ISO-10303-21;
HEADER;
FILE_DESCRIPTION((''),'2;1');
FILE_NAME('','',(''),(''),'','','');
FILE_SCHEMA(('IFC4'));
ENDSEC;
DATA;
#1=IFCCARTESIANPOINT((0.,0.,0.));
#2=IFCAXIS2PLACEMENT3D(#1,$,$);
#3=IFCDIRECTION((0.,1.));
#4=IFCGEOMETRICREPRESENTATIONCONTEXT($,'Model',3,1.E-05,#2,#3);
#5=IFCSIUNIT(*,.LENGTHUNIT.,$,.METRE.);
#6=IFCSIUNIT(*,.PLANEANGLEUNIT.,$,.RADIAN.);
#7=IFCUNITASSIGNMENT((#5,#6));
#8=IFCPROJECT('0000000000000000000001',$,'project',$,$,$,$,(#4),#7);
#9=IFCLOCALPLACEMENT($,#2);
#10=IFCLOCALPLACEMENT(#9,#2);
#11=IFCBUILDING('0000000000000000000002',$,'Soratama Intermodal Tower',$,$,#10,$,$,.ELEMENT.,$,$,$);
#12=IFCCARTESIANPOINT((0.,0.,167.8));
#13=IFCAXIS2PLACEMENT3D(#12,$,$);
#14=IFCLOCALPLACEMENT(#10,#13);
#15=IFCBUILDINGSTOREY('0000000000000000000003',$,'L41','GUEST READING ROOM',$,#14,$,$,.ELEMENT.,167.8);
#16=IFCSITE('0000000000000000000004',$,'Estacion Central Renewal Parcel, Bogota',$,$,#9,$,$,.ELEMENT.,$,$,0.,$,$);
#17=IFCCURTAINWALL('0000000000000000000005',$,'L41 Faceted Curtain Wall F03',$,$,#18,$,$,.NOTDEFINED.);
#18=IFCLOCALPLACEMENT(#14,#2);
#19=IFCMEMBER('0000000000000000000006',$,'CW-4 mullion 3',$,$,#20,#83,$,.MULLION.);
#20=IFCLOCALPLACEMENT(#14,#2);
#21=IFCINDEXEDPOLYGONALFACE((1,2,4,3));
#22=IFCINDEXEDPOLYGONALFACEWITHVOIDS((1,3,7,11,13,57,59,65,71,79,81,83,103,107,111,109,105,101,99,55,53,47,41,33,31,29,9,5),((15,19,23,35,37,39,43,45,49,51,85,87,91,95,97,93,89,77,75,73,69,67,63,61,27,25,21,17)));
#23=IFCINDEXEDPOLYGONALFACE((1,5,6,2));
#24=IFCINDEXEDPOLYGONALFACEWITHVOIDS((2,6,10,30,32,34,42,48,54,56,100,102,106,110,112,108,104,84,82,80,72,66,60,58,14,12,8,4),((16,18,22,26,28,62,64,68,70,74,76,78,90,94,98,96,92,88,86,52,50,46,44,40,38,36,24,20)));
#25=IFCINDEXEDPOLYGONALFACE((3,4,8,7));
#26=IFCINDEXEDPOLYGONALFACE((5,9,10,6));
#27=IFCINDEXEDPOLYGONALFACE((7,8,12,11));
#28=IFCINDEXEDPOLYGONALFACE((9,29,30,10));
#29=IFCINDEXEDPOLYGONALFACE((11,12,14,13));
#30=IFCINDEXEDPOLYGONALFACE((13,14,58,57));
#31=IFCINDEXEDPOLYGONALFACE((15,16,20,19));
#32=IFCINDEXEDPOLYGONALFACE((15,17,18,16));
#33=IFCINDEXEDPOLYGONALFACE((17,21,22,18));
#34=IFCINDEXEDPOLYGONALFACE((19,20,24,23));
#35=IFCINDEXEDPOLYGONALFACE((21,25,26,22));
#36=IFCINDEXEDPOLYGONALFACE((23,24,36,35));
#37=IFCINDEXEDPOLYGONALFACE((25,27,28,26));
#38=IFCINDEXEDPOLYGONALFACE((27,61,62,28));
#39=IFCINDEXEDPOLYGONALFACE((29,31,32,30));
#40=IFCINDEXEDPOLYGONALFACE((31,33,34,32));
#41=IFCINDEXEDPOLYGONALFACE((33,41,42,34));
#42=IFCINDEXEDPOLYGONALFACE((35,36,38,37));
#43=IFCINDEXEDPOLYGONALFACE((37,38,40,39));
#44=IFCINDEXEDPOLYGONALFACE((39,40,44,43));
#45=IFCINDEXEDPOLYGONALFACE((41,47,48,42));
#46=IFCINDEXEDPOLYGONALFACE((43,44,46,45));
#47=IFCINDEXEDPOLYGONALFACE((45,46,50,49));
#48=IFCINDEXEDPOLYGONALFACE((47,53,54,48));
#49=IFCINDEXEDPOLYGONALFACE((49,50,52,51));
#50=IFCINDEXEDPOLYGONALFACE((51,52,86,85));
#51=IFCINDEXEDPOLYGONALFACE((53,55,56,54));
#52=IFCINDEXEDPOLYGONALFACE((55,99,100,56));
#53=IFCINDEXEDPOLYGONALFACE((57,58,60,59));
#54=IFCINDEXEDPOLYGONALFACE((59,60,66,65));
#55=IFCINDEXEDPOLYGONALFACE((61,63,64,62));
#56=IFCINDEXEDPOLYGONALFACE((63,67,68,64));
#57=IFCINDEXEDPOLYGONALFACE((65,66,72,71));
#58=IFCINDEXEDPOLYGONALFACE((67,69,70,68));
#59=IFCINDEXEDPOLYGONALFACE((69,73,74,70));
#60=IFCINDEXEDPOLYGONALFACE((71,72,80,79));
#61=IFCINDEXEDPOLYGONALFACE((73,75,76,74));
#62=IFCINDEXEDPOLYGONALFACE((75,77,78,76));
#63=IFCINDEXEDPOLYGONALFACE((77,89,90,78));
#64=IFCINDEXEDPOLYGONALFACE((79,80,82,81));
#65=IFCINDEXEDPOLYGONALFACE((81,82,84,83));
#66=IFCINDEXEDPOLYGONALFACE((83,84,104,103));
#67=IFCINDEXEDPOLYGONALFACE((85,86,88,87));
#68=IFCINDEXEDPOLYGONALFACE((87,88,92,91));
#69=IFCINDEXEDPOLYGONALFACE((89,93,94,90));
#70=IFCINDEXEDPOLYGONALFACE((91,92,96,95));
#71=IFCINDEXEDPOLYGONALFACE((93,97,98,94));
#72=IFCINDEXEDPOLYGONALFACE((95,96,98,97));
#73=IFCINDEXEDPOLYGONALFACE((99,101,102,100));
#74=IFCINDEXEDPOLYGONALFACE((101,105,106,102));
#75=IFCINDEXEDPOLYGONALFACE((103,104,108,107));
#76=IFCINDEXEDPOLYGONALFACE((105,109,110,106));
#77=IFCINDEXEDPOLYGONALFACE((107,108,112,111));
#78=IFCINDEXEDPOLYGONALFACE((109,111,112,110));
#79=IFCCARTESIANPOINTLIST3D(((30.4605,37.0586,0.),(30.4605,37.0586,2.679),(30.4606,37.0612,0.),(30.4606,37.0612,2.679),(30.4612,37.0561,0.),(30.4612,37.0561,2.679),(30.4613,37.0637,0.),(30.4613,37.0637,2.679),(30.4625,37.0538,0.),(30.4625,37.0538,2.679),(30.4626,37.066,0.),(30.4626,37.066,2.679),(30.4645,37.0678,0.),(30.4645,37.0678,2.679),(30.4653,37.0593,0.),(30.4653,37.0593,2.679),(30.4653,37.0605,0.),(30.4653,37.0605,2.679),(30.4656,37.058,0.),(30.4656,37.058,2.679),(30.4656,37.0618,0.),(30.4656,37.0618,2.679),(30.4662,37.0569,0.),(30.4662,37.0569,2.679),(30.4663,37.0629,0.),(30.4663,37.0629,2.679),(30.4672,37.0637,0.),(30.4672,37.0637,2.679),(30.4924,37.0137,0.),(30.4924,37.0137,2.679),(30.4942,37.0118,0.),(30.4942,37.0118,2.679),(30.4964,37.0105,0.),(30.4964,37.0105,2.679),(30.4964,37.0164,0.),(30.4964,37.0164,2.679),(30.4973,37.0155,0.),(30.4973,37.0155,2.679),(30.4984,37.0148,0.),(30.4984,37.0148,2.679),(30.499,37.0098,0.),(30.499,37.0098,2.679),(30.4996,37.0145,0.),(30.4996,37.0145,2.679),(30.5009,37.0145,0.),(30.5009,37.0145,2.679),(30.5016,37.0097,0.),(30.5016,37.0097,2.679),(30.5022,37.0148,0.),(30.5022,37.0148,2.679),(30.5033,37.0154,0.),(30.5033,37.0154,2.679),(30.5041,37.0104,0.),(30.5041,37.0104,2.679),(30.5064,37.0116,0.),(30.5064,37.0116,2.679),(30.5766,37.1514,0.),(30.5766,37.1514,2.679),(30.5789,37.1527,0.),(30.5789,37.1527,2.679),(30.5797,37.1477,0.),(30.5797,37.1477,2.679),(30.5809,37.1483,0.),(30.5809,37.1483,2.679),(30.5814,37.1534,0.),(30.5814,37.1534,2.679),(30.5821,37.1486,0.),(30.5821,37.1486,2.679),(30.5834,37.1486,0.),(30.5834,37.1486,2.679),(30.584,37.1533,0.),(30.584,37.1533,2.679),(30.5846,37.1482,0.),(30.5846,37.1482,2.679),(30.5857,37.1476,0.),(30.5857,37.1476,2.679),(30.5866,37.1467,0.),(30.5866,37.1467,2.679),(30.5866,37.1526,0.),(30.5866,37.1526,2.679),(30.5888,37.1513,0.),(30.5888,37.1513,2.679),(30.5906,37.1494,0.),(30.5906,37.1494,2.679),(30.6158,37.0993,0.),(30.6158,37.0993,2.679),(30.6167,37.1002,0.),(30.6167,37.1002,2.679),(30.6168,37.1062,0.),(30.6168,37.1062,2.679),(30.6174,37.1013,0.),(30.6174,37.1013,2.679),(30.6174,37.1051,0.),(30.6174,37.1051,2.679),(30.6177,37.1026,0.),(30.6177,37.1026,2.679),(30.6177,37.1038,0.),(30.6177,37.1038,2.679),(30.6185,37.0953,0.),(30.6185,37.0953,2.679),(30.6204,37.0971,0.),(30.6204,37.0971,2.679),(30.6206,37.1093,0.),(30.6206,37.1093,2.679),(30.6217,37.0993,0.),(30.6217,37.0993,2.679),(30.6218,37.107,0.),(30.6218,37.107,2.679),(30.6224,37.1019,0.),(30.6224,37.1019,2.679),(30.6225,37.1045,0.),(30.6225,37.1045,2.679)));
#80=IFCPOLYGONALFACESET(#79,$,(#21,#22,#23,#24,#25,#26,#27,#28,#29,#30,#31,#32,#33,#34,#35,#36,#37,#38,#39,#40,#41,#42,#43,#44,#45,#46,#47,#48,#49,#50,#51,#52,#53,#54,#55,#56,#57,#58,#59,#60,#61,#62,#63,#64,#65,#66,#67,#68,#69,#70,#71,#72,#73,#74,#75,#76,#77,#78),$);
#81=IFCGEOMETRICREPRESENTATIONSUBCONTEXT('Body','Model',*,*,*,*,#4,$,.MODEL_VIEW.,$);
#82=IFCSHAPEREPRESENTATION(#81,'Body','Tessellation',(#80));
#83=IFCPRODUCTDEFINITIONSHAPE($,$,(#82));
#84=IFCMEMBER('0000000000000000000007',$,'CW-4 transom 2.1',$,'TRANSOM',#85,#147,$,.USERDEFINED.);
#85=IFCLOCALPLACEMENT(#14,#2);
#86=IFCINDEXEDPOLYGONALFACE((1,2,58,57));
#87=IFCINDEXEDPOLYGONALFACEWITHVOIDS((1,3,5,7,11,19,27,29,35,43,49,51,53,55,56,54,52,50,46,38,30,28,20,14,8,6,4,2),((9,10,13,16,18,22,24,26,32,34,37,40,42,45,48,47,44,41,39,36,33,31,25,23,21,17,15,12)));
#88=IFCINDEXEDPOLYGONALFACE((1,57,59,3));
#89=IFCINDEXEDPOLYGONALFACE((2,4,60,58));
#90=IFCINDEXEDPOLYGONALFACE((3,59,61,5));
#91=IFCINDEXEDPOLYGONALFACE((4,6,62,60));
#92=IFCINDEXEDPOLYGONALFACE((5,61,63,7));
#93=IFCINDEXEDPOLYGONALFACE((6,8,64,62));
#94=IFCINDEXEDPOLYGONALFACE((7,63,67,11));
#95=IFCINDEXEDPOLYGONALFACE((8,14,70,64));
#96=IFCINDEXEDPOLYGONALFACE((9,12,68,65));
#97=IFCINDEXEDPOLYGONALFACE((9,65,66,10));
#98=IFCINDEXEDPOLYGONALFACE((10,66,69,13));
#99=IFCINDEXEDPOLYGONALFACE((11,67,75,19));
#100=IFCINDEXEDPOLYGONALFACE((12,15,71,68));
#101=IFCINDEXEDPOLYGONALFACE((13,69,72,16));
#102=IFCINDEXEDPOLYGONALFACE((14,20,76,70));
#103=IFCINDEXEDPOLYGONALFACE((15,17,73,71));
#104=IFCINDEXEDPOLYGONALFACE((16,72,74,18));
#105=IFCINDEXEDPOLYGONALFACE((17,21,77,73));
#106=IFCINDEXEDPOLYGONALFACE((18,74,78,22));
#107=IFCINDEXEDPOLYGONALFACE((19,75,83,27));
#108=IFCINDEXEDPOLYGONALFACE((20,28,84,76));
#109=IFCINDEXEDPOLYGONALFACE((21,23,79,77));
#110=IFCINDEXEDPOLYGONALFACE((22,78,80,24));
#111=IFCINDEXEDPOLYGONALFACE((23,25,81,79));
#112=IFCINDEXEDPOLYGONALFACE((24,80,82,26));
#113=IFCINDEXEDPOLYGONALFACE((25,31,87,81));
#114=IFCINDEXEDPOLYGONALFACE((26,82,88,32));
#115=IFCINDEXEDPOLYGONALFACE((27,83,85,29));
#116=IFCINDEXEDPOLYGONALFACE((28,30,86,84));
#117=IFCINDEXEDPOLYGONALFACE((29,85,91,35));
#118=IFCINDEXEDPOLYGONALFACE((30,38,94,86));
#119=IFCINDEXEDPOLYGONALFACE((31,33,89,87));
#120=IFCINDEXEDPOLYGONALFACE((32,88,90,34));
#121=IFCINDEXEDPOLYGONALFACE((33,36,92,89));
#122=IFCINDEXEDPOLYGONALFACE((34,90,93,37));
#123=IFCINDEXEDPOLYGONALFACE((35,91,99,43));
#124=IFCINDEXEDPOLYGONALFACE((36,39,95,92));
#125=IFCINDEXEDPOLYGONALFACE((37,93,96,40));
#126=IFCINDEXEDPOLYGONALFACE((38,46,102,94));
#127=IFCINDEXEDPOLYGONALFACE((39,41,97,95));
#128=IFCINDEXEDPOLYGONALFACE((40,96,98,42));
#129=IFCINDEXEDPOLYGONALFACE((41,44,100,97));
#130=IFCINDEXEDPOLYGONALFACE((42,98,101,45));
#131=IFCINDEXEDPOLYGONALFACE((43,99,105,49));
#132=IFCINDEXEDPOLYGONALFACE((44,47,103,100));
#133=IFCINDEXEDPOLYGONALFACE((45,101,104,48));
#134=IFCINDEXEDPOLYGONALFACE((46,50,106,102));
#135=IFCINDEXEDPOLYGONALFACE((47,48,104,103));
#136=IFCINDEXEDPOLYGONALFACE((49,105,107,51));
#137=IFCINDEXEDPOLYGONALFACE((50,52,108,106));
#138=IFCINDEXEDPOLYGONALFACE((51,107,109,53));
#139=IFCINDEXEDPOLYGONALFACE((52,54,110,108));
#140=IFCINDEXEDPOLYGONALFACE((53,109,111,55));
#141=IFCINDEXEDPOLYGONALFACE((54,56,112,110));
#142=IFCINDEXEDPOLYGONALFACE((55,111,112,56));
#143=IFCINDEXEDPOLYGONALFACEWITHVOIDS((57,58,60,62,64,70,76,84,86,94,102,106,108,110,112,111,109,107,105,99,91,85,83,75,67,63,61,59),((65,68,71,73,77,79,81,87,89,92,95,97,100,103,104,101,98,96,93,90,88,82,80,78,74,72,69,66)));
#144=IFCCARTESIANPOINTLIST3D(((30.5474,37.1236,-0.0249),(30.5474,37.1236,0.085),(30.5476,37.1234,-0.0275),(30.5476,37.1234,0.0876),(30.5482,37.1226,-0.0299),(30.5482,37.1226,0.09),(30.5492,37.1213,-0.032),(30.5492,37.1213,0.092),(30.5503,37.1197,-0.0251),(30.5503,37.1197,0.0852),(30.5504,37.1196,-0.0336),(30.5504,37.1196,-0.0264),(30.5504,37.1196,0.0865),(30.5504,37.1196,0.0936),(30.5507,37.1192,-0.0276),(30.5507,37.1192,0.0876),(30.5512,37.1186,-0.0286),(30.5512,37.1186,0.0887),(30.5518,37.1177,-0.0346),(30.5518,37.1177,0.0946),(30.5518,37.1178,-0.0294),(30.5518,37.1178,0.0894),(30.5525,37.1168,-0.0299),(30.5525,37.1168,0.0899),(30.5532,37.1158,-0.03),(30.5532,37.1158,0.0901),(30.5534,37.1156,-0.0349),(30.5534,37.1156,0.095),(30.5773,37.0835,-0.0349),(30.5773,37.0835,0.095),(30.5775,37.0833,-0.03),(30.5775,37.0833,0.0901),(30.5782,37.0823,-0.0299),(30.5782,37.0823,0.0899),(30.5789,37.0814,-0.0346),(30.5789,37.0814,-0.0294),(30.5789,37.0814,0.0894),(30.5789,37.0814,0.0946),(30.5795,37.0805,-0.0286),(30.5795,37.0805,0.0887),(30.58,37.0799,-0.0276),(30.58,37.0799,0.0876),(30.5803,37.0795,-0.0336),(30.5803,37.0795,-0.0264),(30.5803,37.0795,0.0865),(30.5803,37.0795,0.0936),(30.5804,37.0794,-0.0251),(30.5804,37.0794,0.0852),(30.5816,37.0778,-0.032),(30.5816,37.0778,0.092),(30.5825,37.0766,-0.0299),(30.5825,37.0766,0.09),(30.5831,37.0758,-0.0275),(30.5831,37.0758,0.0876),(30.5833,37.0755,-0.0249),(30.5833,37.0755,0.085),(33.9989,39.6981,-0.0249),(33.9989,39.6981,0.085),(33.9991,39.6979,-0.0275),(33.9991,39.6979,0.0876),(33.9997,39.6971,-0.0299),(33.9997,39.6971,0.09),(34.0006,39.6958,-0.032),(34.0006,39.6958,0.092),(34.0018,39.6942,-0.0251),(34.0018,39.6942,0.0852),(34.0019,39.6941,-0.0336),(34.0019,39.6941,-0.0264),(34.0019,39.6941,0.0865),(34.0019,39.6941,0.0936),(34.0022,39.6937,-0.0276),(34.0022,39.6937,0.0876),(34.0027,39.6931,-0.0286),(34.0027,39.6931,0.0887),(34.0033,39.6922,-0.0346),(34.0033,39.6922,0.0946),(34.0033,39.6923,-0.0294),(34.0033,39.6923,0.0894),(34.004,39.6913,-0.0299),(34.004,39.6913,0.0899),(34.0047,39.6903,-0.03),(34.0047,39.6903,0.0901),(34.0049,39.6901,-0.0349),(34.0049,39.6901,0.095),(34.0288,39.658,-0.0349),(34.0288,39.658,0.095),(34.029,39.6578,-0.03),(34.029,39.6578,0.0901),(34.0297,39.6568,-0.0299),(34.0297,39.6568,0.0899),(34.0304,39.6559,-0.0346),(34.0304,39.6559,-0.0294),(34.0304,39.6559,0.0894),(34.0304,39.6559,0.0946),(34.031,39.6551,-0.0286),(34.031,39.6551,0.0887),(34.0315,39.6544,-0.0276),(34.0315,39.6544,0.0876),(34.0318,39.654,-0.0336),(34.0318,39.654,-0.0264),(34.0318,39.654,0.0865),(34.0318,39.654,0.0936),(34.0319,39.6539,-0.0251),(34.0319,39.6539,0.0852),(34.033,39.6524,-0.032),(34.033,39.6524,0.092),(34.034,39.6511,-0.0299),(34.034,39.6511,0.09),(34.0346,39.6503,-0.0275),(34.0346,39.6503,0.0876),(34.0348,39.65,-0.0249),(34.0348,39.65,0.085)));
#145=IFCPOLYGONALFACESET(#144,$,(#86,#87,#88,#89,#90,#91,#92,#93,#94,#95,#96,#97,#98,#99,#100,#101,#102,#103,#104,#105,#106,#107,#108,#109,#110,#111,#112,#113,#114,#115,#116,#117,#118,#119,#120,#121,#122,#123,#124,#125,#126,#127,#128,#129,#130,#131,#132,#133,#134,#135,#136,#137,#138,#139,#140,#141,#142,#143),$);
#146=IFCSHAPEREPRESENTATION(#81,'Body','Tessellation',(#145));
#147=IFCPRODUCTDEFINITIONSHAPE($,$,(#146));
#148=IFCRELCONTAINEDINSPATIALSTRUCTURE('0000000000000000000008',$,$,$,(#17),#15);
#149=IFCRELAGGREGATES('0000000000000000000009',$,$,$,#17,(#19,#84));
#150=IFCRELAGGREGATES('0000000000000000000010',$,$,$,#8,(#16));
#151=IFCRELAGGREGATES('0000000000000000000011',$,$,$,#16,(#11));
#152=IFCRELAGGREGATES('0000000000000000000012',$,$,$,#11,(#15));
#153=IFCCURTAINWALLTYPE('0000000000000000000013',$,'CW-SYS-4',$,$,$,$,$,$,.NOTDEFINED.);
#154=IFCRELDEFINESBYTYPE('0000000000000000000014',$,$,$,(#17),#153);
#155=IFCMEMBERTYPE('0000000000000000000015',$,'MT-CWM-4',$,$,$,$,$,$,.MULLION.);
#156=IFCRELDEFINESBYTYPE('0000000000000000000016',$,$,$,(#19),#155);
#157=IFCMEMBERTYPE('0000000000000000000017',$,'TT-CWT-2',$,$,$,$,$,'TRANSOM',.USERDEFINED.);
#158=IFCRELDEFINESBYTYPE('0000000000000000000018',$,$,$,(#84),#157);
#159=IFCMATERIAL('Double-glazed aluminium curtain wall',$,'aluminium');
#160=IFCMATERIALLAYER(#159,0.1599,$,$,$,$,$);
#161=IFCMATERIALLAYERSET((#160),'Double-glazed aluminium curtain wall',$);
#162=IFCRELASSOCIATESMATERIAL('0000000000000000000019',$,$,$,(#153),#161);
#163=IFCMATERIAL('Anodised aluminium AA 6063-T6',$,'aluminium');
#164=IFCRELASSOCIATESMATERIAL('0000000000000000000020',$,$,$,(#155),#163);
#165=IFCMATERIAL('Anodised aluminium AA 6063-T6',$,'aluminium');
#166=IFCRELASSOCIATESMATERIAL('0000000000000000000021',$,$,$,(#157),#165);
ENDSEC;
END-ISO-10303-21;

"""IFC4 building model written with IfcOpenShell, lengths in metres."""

from ifc_helpers import new_model, si_unit, direction, frame, origin, origin_2d, place, context, subcontext, project, spatial, hollow_rectangle, extrude, material, layer, layer_set, material_profile, profile_set, type_object, element, aggregate, save


model = new_model("IFC4")

# Units and contexts
model_context = context("Model", 3, precision=1e-05, world=origin(), true_north=direction((0.0, 1.0)))
body_context = subcontext(model_context, "Body", "Model", "MODEL_VIEW")
ifc_project = project(units=[si_unit("LENGTHUNIT", "METRE"), si_unit("PLANEANGLEUNIT", "RADIAN")], contexts=[model_context])

# Site, building, storey
site_placement = place(None, origin())
site = spatial("IfcSite", under=ifc_project, at=site_placement, Name="Estacion Central Renewal Parcel, Bogota", CompositionType="ELEMENT", RefElevation=0.0)
building_placement = place(site_placement, origin())
building = spatial("IfcBuilding", under=site, at=building_placement, Name="Soratama Intermodal Tower", CompositionType="ELEMENT")
storey_placement = place(building_placement, frame((0.0, 0.0, 167.8)))
storey = spatial("IfcBuildingStorey", under=building, at=storey_placement, Name="L41", Description="GUEST READING ROOM", CompositionType="ELEMENT", Elevation=167.8)

# Curtain wall, members
ifc_material_1 = material(Name="Double-glazed aluminium curtain wall", Category="aluminium")
ifc_layer_1 = layer(ifc_material_1, 0.1599)
ifc_layer_set_1 = layer_set([ifc_layer_1], Name="Double-glazed aluminium curtain wall")
curtain_wall_type = type_object("IfcCurtainWallType", Name="CW-SYS-4", PredefinedType="NOTDEFINED", material=ifc_layer_set_1)
curtain_wall_placement = place(storey_placement, origin())
curtain_wall = element("IfcCurtainWall", 1, at=curtain_wall_placement, inside=storey, type_object=curtain_wall_type, Name="L41 Faceted Curtain Wall F03", PredefinedType="NOTDEFINED")
ifc_material_2 = material(Name="Anodised aluminium AA 6063-T6", Category="aluminium")
ifc_material_profile_1 = material_profile(ifc_material_2, hollow_rectangle(XDim=0.0701, YDim=0.1599, WallThickness=0.0049, InnerFilletRadius=0.0049, OuterFilletRadius=0.01, at=origin_2d()), Name="CWM160X70X5")
ifc_profile_set_1 = profile_set([ifc_material_profile_1], Name="Anodised aluminium AA 6063-T6")
member_type_1 = type_object("IfcMemberType", Name="MT-CWM-4", PredefinedType="MULLION", material=ifc_profile_set_1)
member_1_placement = place(storey_placement, frame((30.5415, 37.0815, 0.0), z_axis=(0.0, 0.0, 1.0), x_axis=(0.597907, -0.801566, 0.0)))
member_1 = element("IfcMember", 2, at=member_1_placement, type_object=member_type_1, Name="CW-4 mullion 3", PredefinedType="MULLION", context=body_context, shape_type="SweptSolid", body=[
    extrude(hollow_rectangle(XDim=0.0701, YDim=0.1599, WallThickness=0.0049, InnerFilletRadius=0.0049, OuterFilletRadius=0.01, at=origin_2d()), origin(), (0.0, 0.0, 1.0), 2.679),
])
ifc_material_3 = material(Name="Anodised aluminium AA 6063-T6", Category="aluminium")
ifc_material_profile_2 = material_profile(ifc_material_3, hollow_rectangle(XDim=0.0601, YDim=0.1299, WallThickness=0.0049, InnerFilletRadius=0.0049, OuterFilletRadius=0.01, at=origin_2d()), Name="CWT130X60X5")
ifc_profile_set_2 = profile_set([ifc_material_profile_2], Name="Anodised aluminium AA 6063-T6")
member_type_2 = type_object("IfcMemberType", Name="TT-CWT-2", ElementType="TRANSOM", PredefinedType="USERDEFINED", material=ifc_profile_set_2)
member_2_placement = place(storey_placement, frame((34.0168, 39.6741, 0.03), z_axis=(-0.801569, -0.597902, 0.0), x_axis=(0.597902, -0.801569, 0.0)))
member_2 = element("IfcMember", 3, at=member_2_placement, type_object=member_type_2, Name="CW-4 transom 2.1", ObjectType="TRANSOM", PredefinedType="USERDEFINED", context=body_context, shape_type="SweptSolid", body=[
    extrude(hollow_rectangle(XDim=0.0601, YDim=0.1299, WallThickness=0.0049, InnerFilletRadius=0.0049, OuterFilletRadius=0.01, at=origin_2d()), origin(), (0.0, 0.0, 1.0), 4.3059),
])
aggregate(curtain_wall, [member_1, member_2])

save(model, "model.ifc")
